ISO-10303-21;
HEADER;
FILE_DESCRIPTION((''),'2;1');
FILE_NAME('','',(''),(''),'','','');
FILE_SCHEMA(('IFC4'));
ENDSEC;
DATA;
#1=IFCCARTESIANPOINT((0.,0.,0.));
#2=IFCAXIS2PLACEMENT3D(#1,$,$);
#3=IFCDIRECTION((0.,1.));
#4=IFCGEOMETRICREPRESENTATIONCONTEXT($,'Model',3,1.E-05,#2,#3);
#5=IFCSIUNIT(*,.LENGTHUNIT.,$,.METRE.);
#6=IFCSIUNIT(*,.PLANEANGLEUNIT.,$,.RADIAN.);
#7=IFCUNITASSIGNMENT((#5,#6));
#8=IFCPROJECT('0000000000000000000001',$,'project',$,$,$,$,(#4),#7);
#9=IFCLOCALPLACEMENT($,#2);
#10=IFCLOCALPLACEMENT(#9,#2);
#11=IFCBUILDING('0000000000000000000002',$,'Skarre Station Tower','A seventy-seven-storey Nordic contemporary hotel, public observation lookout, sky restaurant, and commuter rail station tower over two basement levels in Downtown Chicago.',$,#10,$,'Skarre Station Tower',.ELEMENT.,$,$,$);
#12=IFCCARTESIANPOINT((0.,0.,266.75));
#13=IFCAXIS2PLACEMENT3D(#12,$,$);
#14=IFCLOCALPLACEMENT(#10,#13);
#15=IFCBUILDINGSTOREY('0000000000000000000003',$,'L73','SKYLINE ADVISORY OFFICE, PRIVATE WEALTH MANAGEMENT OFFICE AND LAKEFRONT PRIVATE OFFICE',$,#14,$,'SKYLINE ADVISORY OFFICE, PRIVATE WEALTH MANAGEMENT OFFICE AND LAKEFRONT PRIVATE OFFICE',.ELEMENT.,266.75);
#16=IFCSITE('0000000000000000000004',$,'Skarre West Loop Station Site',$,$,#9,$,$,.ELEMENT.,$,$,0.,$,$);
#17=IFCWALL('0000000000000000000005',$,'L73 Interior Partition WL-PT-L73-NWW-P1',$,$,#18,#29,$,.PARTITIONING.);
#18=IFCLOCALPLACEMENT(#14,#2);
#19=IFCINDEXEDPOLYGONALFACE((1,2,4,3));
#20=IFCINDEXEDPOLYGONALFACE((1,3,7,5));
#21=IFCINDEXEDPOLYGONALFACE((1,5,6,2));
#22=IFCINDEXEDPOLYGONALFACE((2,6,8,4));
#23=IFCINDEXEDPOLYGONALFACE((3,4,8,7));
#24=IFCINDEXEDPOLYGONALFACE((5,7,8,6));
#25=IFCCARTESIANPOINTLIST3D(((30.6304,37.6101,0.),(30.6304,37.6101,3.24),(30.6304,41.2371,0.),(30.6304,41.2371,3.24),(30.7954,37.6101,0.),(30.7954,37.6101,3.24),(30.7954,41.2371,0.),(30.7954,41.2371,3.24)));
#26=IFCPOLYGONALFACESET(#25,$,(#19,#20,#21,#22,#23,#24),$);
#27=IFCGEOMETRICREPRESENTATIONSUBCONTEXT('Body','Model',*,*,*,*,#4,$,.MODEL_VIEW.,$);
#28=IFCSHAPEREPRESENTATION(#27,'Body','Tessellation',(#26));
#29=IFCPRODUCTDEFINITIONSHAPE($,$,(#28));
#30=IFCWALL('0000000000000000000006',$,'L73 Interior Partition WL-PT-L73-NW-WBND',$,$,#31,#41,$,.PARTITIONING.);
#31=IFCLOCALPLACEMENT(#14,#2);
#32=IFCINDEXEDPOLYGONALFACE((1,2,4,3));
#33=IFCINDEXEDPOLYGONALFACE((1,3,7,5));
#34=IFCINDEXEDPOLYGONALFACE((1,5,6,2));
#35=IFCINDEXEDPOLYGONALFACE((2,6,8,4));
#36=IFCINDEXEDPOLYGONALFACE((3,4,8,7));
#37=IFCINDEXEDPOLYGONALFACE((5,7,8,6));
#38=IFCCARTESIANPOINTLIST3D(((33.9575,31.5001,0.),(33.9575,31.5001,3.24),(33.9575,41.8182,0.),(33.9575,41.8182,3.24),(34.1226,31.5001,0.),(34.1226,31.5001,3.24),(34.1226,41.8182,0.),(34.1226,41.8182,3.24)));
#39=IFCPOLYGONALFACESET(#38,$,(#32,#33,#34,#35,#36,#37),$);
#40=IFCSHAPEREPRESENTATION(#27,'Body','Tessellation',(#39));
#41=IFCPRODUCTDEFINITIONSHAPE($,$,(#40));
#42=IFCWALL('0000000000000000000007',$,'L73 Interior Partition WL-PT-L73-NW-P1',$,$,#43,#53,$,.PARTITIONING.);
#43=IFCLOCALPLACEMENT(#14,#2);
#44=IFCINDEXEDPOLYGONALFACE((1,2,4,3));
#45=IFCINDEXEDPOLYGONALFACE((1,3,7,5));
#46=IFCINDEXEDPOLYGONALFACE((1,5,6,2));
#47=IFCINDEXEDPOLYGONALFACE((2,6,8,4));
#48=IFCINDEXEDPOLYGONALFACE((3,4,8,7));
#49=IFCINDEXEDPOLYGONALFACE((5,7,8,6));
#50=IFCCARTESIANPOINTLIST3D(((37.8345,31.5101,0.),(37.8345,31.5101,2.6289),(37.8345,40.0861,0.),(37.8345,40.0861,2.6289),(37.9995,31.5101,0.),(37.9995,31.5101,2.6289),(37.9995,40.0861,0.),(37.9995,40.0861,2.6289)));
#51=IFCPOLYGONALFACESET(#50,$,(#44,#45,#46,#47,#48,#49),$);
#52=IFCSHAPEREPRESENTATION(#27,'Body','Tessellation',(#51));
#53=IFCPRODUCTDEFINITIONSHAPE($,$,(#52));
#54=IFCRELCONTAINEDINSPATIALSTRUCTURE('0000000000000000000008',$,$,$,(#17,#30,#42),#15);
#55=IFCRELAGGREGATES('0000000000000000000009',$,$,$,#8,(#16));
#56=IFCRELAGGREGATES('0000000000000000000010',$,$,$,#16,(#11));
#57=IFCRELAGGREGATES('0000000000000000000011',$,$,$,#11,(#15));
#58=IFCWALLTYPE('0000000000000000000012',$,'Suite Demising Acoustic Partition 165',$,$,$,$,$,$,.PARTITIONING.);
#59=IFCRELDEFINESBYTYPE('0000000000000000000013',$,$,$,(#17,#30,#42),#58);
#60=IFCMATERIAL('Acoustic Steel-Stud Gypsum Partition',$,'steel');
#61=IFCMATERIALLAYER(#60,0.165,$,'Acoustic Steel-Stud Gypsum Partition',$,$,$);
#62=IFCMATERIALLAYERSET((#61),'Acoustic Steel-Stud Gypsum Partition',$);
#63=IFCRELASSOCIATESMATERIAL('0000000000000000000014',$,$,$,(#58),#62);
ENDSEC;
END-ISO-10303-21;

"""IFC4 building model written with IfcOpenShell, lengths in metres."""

from ifc_helpers import new_model, si_unit, direction, frame, frame_2d, origin, place, context, subcontext, project, spatial, rectangle, extrude, material, layer, layer_set, type_object, element, save


model = new_model("IFC4")

# Units and contexts
model_context = context("Model", 3, precision=1e-05, world=origin(), true_north=direction((0.0, 1.0)))
body_context = subcontext(model_context, "Body", "Model", "MODEL_VIEW")
ifc_project = project(units=[si_unit("LENGTHUNIT", "METRE"), si_unit("PLANEANGLEUNIT", "RADIAN")], contexts=[model_context])

# Site, building, storey
site_placement = place(None, origin())
site = spatial("IfcSite", under=ifc_project, at=site_placement, Name="Skarre West Loop Station Site", CompositionType="ELEMENT", RefElevation=0.0)
building_placement = place(site_placement, origin())
building = spatial("IfcBuilding", under=site, at=building_placement, Name="Skarre Station Tower", Description="A seventy-seven-storey Nordic contemporary hotel, public observation lookout, sky restaurant, and commuter rail station tower over two basement levels in Downtown Chicago.", LongName="Skarre Station Tower", CompositionType="ELEMENT")
storey_placement = place(building_placement, frame((0.0, 0.0, 266.75)))
storey = spatial("IfcBuildingStorey", under=building, at=storey_placement, Name="L73", Description="SKYLINE ADVISORY OFFICE, PRIVATE WEALTH MANAGEMENT OFFICE AND LAKEFRONT PRIVATE OFFICE", LongName="SKYLINE ADVISORY OFFICE, PRIVATE WEALTH MANAGEMENT OFFICE AND LAKEFRONT PRIVATE OFFICE", CompositionType="ELEMENT", Elevation=266.75)

# Shared definitions
ifc_material_1 = material(Name="Acoustic Steel-Stud Gypsum Partition", Category="steel")

# Walls
ifc_layer_1 = layer(ifc_material_1, 0.165, Name="Acoustic Steel-Stud Gypsum Partition")
ifc_layer_set_1 = layer_set([ifc_layer_1], Name="Acoustic Steel-Stud Gypsum Partition")
wall_type_1 = type_object("IfcWallType", Name="Suite Demising Acoustic Partition 165", PredefinedType="PARTITIONING", material=ifc_layer_set_1)
wall_1_placement = place(storey_placement, frame((30.7129, 37.6101, 0.0), z_axis=(0.0, 0.0, 1.0), x_axis=(0.0, 1.0, 0.0)))
element("IfcWall", 1, at=wall_1_placement, inside=storey, type_object=wall_type_1, Name="L73 Interior Partition WL-PT-L73-NWW-P1", PredefinedType="PARTITIONING", context=body_context, shape_type="SweptSolid", body=[
    extrude(rectangle(XDim=3.627, YDim=0.165, at=frame_2d((1.8135, 0.0))), origin(), (0.0, 0.0, 1.0), 3.24),
])
wall_2_placement = place(storey_placement, frame((34.04, 31.5, 0.0), z_axis=(0.0, 0.0, 1.0), x_axis=(0.0, 1.0, 0.0)))
element("IfcWall", 2, at=wall_2_placement, inside=storey, type_object=wall_type_1, Name="L73 Interior Partition WL-PT-L73-NW-WBND", PredefinedType="PARTITIONING", context=body_context, shape_type="SweptSolid", body=[
    extrude(rectangle(XDim=10.3181, YDim=0.165, at=frame_2d((5.1592, 0.0))), origin(), (0.0, 0.0, 1.0), 3.24),
])
wall_3_placement = place(storey_placement, frame((37.917, 31.51, 0.0), z_axis=(0.0, 0.0, 1.0), x_axis=(0.0, 1.0, 0.0)))
element("IfcWall", 3, at=wall_3_placement, inside=storey, type_object=wall_type_1, Name="L73 Interior Partition WL-PT-L73-NW-P1", PredefinedType="PARTITIONING", context=body_context, shape_type="SweptSolid", body=[
    extrude(rectangle(XDim=8.5759, YDim=0.165, at=frame_2d((4.2881, 0.0))), origin(), (0.0, 0.0, 1.0), 2.6289),
])

save(model, "model.ifc")
